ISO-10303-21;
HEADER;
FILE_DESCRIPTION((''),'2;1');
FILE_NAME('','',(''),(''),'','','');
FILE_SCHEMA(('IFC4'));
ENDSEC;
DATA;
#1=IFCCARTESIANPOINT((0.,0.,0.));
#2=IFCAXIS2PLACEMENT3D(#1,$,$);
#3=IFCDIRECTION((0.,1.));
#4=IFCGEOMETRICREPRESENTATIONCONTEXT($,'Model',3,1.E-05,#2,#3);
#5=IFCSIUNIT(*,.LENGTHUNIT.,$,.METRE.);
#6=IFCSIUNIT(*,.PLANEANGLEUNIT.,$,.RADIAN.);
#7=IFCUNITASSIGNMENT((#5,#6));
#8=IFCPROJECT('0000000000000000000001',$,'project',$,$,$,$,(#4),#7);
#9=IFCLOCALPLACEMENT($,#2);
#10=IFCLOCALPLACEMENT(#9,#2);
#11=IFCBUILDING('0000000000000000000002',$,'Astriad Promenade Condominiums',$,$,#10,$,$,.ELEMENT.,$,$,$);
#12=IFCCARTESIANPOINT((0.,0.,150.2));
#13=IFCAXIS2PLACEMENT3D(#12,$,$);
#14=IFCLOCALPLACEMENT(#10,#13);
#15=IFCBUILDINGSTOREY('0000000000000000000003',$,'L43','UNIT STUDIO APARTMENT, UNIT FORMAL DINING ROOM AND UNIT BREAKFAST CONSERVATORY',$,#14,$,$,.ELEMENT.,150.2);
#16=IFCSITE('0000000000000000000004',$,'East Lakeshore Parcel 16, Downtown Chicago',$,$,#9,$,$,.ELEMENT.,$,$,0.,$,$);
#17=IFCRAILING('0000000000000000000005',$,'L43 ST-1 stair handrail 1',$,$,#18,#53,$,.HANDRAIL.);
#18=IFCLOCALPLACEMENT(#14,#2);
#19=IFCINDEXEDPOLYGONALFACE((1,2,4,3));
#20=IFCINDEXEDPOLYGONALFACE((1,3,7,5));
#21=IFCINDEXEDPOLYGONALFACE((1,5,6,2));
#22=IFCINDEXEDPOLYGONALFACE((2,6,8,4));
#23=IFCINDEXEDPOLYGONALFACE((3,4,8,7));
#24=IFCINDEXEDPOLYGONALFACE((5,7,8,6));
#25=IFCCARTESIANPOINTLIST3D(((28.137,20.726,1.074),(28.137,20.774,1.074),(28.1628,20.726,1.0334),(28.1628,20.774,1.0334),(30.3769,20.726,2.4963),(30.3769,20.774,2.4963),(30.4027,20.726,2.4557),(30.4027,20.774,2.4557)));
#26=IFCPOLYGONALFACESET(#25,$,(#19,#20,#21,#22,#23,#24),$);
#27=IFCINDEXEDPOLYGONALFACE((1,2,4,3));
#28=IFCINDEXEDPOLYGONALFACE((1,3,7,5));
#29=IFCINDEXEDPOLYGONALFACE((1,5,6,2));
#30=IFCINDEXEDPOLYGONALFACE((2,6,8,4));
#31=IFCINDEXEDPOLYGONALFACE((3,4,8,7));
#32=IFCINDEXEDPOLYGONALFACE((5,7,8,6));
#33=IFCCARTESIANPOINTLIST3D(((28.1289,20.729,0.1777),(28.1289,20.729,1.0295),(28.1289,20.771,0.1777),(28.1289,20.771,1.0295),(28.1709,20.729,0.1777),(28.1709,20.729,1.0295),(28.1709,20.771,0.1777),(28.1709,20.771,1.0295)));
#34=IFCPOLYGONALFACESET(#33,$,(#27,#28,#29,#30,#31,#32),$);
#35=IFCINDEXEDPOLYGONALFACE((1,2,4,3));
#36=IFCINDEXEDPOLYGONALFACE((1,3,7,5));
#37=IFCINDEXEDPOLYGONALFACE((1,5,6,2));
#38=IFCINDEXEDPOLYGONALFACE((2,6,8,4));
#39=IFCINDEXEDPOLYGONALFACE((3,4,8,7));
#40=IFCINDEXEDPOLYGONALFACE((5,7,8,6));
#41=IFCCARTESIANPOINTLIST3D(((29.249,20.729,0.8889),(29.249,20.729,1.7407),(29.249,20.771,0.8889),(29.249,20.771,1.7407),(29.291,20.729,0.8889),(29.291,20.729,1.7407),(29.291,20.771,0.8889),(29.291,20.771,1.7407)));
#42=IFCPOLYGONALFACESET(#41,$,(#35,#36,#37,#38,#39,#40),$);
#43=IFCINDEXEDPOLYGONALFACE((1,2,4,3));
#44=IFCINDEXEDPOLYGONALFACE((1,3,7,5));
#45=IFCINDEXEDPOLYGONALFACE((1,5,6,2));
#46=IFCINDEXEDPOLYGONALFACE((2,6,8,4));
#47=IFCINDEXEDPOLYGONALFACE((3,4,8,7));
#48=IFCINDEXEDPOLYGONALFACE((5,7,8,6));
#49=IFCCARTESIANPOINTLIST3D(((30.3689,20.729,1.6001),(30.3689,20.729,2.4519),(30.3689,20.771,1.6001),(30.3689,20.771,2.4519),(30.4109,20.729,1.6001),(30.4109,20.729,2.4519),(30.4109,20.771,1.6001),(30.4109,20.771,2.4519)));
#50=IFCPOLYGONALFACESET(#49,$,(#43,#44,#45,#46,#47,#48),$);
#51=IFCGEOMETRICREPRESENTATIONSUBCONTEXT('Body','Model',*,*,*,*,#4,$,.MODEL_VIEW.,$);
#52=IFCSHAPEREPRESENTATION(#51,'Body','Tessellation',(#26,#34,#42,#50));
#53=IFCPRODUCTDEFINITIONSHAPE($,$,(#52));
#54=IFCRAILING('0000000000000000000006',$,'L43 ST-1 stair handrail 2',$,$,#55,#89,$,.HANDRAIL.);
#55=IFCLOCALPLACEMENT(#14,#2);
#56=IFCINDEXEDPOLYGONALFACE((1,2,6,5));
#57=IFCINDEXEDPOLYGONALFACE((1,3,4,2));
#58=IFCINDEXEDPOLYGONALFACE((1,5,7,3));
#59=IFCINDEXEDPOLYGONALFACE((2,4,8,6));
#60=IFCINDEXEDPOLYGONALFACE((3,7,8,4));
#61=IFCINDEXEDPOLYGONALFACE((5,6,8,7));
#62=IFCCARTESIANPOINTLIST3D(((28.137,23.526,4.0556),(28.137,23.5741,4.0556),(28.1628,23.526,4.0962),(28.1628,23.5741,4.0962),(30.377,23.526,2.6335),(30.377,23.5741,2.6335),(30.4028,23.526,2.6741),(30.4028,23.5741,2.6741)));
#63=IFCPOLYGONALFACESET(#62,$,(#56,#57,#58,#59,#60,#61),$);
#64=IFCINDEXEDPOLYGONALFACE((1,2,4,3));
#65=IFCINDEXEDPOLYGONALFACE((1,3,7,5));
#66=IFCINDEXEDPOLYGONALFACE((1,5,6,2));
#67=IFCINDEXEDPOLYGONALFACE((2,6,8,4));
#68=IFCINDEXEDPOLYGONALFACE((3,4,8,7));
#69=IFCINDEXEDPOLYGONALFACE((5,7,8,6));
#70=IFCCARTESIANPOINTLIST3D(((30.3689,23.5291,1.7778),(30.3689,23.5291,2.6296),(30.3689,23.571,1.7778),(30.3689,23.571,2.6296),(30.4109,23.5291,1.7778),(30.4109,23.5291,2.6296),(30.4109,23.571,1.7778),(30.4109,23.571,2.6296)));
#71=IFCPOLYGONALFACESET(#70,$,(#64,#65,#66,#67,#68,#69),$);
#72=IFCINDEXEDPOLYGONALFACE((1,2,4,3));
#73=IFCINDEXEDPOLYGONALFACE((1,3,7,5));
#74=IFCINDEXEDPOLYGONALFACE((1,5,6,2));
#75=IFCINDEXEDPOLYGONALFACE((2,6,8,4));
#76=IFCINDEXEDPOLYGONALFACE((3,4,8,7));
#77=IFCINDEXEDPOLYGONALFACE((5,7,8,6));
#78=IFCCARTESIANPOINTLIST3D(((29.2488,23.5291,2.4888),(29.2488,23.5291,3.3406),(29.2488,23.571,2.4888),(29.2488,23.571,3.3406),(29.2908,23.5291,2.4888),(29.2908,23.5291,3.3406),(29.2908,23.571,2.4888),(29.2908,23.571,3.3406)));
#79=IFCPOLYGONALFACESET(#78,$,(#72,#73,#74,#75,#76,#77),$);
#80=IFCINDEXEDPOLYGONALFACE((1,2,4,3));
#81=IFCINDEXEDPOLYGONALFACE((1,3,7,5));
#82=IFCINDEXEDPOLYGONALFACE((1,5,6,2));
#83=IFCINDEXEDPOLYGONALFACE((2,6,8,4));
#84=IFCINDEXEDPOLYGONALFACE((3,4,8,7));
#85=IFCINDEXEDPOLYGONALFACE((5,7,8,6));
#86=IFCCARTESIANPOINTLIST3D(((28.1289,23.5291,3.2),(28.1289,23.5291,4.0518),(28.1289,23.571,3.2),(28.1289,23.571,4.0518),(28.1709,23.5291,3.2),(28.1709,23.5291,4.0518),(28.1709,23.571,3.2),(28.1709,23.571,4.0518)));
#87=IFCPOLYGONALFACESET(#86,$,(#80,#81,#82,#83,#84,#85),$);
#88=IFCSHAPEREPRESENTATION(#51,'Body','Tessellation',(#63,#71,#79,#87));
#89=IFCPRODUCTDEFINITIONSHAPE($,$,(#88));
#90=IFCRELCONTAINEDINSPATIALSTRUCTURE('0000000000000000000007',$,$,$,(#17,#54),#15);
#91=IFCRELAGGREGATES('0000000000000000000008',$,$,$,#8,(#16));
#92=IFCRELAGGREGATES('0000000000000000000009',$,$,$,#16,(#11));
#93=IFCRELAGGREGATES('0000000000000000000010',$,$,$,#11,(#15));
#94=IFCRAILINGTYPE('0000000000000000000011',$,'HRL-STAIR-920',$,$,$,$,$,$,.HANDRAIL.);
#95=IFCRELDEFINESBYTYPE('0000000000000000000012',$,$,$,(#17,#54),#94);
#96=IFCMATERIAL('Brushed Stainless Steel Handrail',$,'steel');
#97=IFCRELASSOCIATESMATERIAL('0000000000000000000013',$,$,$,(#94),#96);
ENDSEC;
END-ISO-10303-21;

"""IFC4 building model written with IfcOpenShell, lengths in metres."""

from ifc_helpers import new_model, si_unit, direction, frame, origin, origin_2d, place, context, subcontext, project, spatial, rectangle, extrude, source, transform, mapped, material, type_object, type_shapes, element, save


model = new_model("IFC4")

# Units and contexts
model_context = context("Model", 3, precision=1e-05, world=origin(), true_north=direction((0.0, 1.0)))
body_context = subcontext(model_context, "Body", "Model", "MODEL_VIEW")
ifc_project = project(units=[si_unit("LENGTHUNIT", "METRE"), si_unit("PLANEANGLEUNIT", "RADIAN")], contexts=[model_context])

# Site, building, storey
site_placement = place(None, origin())
site = spatial("IfcSite", under=ifc_project, at=site_placement, Name="East Lakeshore Parcel 16, Downtown Chicago", CompositionType="ELEMENT", RefElevation=0.0)
building_placement = place(site_placement, origin())
building = spatial("IfcBuilding", under=site, at=building_placement, Name="Astriad Promenade Condominiums", CompositionType="ELEMENT")
storey_placement = place(building_placement, frame((0.0, 0.0, 150.2)))
storey = spatial("IfcBuildingStorey", under=building, at=storey_placement, Name="L43", Description="UNIT STUDIO APARTMENT, UNIT FORMAL DINING ROOM AND UNIT BREAKFAST CONSERVATORY", CompositionType="ELEMENT", Elevation=150.2)

# Railings
ifc_material_1 = material(Name="Brushed Stainless Steel Handrail", Category="steel")
railing_type_1 = type_object("IfcRailingType", Name="HRL-STAIR-920", PredefinedType="HANDRAIL", material=ifc_material_1)
shared_shape_1 = source(origin(), body_context, "Body", "SweptSolid", [
    extrude(rectangle(XDim=0.0481, YDim=0.0481, at=origin_2d()), frame((0.0, 0.0, 0.876), z_axis=(0.844188, 0.0, 0.536048), x_axis=(0.0, 1.0, 0.0)), (0.0, 0.0, 1.0), 2.6533),
    extrude(rectangle(XDim=0.042, YDim=0.042, at=origin_2d()), origin(), (0.0, 0.0, 1.0), 0.8518),
    extrude(rectangle(XDim=0.042, YDim=0.042, at=origin_2d()), frame((1.1201, 0.0, 0.7112)), (0.0, 0.0, 1.0), 0.8518),
    extrude(rectangle(XDim=0.042, YDim=0.042, at=origin_2d()), frame((2.24, 0.0, 1.4224)), (0.0, 0.0, 1.0), 0.8518),
])
railing_1_placement = place(storey_placement, frame((28.1499, 20.75, 0.1777)))
element("IfcRailing", 1, at=railing_1_placement, inside=storey, type_object=railing_type_1, Name="L43 ST-1 stair handrail 1", PredefinedType="HANDRAIL", context=body_context, shape_type="MappedRepresentation", body=[
    mapped(shared_shape_1, transform((0.0, 0.0, 0.0), scale=1.0)),
])
shared_shape_2 = source(origin(), body_context, "Body", "SweptSolid", [
    extrude(rectangle(XDim=0.0481, YDim=0.0481, at=origin_2d()), frame((0.0, 0.0, 0.876), z_axis=(-0.844229, 0.0, 0.535982), x_axis=(0.0, -1.0, 0.0)), (0.0, 0.0, 1.0), 2.6533),
    extrude(rectangle(XDim=0.042, YDim=0.042, at=origin_2d()), origin(), (0.0, 0.0, 1.0), 0.8518),
    extrude(rectangle(XDim=0.042, YDim=0.042, at=origin_2d()), frame((-1.1201, 0.0, 0.7109)), (0.0, 0.0, 1.0), 0.8518),
    extrude(rectangle(XDim=0.042, YDim=0.042, at=origin_2d()), frame((-2.24, 0.0, 1.4221)), (0.0, 0.0, 1.0), 0.8518),
])
type_shapes(railing_type_1, [shared_shape_1, shared_shape_2])
railing_2_placement = place(storey_placement, frame((30.3899, 23.55, 1.7778)))
element("IfcRailing", 2, at=railing_2_placement, inside=storey, type_object=railing_type_1, Name="L43 ST-1 stair handrail 2", PredefinedType="HANDRAIL", context=body_context, shape_type="MappedRepresentation", body=[
    mapped(shared_shape_2, transform((0.0, 0.0, 0.0), scale=1.0)),
])

save(model, "model.ifc")
